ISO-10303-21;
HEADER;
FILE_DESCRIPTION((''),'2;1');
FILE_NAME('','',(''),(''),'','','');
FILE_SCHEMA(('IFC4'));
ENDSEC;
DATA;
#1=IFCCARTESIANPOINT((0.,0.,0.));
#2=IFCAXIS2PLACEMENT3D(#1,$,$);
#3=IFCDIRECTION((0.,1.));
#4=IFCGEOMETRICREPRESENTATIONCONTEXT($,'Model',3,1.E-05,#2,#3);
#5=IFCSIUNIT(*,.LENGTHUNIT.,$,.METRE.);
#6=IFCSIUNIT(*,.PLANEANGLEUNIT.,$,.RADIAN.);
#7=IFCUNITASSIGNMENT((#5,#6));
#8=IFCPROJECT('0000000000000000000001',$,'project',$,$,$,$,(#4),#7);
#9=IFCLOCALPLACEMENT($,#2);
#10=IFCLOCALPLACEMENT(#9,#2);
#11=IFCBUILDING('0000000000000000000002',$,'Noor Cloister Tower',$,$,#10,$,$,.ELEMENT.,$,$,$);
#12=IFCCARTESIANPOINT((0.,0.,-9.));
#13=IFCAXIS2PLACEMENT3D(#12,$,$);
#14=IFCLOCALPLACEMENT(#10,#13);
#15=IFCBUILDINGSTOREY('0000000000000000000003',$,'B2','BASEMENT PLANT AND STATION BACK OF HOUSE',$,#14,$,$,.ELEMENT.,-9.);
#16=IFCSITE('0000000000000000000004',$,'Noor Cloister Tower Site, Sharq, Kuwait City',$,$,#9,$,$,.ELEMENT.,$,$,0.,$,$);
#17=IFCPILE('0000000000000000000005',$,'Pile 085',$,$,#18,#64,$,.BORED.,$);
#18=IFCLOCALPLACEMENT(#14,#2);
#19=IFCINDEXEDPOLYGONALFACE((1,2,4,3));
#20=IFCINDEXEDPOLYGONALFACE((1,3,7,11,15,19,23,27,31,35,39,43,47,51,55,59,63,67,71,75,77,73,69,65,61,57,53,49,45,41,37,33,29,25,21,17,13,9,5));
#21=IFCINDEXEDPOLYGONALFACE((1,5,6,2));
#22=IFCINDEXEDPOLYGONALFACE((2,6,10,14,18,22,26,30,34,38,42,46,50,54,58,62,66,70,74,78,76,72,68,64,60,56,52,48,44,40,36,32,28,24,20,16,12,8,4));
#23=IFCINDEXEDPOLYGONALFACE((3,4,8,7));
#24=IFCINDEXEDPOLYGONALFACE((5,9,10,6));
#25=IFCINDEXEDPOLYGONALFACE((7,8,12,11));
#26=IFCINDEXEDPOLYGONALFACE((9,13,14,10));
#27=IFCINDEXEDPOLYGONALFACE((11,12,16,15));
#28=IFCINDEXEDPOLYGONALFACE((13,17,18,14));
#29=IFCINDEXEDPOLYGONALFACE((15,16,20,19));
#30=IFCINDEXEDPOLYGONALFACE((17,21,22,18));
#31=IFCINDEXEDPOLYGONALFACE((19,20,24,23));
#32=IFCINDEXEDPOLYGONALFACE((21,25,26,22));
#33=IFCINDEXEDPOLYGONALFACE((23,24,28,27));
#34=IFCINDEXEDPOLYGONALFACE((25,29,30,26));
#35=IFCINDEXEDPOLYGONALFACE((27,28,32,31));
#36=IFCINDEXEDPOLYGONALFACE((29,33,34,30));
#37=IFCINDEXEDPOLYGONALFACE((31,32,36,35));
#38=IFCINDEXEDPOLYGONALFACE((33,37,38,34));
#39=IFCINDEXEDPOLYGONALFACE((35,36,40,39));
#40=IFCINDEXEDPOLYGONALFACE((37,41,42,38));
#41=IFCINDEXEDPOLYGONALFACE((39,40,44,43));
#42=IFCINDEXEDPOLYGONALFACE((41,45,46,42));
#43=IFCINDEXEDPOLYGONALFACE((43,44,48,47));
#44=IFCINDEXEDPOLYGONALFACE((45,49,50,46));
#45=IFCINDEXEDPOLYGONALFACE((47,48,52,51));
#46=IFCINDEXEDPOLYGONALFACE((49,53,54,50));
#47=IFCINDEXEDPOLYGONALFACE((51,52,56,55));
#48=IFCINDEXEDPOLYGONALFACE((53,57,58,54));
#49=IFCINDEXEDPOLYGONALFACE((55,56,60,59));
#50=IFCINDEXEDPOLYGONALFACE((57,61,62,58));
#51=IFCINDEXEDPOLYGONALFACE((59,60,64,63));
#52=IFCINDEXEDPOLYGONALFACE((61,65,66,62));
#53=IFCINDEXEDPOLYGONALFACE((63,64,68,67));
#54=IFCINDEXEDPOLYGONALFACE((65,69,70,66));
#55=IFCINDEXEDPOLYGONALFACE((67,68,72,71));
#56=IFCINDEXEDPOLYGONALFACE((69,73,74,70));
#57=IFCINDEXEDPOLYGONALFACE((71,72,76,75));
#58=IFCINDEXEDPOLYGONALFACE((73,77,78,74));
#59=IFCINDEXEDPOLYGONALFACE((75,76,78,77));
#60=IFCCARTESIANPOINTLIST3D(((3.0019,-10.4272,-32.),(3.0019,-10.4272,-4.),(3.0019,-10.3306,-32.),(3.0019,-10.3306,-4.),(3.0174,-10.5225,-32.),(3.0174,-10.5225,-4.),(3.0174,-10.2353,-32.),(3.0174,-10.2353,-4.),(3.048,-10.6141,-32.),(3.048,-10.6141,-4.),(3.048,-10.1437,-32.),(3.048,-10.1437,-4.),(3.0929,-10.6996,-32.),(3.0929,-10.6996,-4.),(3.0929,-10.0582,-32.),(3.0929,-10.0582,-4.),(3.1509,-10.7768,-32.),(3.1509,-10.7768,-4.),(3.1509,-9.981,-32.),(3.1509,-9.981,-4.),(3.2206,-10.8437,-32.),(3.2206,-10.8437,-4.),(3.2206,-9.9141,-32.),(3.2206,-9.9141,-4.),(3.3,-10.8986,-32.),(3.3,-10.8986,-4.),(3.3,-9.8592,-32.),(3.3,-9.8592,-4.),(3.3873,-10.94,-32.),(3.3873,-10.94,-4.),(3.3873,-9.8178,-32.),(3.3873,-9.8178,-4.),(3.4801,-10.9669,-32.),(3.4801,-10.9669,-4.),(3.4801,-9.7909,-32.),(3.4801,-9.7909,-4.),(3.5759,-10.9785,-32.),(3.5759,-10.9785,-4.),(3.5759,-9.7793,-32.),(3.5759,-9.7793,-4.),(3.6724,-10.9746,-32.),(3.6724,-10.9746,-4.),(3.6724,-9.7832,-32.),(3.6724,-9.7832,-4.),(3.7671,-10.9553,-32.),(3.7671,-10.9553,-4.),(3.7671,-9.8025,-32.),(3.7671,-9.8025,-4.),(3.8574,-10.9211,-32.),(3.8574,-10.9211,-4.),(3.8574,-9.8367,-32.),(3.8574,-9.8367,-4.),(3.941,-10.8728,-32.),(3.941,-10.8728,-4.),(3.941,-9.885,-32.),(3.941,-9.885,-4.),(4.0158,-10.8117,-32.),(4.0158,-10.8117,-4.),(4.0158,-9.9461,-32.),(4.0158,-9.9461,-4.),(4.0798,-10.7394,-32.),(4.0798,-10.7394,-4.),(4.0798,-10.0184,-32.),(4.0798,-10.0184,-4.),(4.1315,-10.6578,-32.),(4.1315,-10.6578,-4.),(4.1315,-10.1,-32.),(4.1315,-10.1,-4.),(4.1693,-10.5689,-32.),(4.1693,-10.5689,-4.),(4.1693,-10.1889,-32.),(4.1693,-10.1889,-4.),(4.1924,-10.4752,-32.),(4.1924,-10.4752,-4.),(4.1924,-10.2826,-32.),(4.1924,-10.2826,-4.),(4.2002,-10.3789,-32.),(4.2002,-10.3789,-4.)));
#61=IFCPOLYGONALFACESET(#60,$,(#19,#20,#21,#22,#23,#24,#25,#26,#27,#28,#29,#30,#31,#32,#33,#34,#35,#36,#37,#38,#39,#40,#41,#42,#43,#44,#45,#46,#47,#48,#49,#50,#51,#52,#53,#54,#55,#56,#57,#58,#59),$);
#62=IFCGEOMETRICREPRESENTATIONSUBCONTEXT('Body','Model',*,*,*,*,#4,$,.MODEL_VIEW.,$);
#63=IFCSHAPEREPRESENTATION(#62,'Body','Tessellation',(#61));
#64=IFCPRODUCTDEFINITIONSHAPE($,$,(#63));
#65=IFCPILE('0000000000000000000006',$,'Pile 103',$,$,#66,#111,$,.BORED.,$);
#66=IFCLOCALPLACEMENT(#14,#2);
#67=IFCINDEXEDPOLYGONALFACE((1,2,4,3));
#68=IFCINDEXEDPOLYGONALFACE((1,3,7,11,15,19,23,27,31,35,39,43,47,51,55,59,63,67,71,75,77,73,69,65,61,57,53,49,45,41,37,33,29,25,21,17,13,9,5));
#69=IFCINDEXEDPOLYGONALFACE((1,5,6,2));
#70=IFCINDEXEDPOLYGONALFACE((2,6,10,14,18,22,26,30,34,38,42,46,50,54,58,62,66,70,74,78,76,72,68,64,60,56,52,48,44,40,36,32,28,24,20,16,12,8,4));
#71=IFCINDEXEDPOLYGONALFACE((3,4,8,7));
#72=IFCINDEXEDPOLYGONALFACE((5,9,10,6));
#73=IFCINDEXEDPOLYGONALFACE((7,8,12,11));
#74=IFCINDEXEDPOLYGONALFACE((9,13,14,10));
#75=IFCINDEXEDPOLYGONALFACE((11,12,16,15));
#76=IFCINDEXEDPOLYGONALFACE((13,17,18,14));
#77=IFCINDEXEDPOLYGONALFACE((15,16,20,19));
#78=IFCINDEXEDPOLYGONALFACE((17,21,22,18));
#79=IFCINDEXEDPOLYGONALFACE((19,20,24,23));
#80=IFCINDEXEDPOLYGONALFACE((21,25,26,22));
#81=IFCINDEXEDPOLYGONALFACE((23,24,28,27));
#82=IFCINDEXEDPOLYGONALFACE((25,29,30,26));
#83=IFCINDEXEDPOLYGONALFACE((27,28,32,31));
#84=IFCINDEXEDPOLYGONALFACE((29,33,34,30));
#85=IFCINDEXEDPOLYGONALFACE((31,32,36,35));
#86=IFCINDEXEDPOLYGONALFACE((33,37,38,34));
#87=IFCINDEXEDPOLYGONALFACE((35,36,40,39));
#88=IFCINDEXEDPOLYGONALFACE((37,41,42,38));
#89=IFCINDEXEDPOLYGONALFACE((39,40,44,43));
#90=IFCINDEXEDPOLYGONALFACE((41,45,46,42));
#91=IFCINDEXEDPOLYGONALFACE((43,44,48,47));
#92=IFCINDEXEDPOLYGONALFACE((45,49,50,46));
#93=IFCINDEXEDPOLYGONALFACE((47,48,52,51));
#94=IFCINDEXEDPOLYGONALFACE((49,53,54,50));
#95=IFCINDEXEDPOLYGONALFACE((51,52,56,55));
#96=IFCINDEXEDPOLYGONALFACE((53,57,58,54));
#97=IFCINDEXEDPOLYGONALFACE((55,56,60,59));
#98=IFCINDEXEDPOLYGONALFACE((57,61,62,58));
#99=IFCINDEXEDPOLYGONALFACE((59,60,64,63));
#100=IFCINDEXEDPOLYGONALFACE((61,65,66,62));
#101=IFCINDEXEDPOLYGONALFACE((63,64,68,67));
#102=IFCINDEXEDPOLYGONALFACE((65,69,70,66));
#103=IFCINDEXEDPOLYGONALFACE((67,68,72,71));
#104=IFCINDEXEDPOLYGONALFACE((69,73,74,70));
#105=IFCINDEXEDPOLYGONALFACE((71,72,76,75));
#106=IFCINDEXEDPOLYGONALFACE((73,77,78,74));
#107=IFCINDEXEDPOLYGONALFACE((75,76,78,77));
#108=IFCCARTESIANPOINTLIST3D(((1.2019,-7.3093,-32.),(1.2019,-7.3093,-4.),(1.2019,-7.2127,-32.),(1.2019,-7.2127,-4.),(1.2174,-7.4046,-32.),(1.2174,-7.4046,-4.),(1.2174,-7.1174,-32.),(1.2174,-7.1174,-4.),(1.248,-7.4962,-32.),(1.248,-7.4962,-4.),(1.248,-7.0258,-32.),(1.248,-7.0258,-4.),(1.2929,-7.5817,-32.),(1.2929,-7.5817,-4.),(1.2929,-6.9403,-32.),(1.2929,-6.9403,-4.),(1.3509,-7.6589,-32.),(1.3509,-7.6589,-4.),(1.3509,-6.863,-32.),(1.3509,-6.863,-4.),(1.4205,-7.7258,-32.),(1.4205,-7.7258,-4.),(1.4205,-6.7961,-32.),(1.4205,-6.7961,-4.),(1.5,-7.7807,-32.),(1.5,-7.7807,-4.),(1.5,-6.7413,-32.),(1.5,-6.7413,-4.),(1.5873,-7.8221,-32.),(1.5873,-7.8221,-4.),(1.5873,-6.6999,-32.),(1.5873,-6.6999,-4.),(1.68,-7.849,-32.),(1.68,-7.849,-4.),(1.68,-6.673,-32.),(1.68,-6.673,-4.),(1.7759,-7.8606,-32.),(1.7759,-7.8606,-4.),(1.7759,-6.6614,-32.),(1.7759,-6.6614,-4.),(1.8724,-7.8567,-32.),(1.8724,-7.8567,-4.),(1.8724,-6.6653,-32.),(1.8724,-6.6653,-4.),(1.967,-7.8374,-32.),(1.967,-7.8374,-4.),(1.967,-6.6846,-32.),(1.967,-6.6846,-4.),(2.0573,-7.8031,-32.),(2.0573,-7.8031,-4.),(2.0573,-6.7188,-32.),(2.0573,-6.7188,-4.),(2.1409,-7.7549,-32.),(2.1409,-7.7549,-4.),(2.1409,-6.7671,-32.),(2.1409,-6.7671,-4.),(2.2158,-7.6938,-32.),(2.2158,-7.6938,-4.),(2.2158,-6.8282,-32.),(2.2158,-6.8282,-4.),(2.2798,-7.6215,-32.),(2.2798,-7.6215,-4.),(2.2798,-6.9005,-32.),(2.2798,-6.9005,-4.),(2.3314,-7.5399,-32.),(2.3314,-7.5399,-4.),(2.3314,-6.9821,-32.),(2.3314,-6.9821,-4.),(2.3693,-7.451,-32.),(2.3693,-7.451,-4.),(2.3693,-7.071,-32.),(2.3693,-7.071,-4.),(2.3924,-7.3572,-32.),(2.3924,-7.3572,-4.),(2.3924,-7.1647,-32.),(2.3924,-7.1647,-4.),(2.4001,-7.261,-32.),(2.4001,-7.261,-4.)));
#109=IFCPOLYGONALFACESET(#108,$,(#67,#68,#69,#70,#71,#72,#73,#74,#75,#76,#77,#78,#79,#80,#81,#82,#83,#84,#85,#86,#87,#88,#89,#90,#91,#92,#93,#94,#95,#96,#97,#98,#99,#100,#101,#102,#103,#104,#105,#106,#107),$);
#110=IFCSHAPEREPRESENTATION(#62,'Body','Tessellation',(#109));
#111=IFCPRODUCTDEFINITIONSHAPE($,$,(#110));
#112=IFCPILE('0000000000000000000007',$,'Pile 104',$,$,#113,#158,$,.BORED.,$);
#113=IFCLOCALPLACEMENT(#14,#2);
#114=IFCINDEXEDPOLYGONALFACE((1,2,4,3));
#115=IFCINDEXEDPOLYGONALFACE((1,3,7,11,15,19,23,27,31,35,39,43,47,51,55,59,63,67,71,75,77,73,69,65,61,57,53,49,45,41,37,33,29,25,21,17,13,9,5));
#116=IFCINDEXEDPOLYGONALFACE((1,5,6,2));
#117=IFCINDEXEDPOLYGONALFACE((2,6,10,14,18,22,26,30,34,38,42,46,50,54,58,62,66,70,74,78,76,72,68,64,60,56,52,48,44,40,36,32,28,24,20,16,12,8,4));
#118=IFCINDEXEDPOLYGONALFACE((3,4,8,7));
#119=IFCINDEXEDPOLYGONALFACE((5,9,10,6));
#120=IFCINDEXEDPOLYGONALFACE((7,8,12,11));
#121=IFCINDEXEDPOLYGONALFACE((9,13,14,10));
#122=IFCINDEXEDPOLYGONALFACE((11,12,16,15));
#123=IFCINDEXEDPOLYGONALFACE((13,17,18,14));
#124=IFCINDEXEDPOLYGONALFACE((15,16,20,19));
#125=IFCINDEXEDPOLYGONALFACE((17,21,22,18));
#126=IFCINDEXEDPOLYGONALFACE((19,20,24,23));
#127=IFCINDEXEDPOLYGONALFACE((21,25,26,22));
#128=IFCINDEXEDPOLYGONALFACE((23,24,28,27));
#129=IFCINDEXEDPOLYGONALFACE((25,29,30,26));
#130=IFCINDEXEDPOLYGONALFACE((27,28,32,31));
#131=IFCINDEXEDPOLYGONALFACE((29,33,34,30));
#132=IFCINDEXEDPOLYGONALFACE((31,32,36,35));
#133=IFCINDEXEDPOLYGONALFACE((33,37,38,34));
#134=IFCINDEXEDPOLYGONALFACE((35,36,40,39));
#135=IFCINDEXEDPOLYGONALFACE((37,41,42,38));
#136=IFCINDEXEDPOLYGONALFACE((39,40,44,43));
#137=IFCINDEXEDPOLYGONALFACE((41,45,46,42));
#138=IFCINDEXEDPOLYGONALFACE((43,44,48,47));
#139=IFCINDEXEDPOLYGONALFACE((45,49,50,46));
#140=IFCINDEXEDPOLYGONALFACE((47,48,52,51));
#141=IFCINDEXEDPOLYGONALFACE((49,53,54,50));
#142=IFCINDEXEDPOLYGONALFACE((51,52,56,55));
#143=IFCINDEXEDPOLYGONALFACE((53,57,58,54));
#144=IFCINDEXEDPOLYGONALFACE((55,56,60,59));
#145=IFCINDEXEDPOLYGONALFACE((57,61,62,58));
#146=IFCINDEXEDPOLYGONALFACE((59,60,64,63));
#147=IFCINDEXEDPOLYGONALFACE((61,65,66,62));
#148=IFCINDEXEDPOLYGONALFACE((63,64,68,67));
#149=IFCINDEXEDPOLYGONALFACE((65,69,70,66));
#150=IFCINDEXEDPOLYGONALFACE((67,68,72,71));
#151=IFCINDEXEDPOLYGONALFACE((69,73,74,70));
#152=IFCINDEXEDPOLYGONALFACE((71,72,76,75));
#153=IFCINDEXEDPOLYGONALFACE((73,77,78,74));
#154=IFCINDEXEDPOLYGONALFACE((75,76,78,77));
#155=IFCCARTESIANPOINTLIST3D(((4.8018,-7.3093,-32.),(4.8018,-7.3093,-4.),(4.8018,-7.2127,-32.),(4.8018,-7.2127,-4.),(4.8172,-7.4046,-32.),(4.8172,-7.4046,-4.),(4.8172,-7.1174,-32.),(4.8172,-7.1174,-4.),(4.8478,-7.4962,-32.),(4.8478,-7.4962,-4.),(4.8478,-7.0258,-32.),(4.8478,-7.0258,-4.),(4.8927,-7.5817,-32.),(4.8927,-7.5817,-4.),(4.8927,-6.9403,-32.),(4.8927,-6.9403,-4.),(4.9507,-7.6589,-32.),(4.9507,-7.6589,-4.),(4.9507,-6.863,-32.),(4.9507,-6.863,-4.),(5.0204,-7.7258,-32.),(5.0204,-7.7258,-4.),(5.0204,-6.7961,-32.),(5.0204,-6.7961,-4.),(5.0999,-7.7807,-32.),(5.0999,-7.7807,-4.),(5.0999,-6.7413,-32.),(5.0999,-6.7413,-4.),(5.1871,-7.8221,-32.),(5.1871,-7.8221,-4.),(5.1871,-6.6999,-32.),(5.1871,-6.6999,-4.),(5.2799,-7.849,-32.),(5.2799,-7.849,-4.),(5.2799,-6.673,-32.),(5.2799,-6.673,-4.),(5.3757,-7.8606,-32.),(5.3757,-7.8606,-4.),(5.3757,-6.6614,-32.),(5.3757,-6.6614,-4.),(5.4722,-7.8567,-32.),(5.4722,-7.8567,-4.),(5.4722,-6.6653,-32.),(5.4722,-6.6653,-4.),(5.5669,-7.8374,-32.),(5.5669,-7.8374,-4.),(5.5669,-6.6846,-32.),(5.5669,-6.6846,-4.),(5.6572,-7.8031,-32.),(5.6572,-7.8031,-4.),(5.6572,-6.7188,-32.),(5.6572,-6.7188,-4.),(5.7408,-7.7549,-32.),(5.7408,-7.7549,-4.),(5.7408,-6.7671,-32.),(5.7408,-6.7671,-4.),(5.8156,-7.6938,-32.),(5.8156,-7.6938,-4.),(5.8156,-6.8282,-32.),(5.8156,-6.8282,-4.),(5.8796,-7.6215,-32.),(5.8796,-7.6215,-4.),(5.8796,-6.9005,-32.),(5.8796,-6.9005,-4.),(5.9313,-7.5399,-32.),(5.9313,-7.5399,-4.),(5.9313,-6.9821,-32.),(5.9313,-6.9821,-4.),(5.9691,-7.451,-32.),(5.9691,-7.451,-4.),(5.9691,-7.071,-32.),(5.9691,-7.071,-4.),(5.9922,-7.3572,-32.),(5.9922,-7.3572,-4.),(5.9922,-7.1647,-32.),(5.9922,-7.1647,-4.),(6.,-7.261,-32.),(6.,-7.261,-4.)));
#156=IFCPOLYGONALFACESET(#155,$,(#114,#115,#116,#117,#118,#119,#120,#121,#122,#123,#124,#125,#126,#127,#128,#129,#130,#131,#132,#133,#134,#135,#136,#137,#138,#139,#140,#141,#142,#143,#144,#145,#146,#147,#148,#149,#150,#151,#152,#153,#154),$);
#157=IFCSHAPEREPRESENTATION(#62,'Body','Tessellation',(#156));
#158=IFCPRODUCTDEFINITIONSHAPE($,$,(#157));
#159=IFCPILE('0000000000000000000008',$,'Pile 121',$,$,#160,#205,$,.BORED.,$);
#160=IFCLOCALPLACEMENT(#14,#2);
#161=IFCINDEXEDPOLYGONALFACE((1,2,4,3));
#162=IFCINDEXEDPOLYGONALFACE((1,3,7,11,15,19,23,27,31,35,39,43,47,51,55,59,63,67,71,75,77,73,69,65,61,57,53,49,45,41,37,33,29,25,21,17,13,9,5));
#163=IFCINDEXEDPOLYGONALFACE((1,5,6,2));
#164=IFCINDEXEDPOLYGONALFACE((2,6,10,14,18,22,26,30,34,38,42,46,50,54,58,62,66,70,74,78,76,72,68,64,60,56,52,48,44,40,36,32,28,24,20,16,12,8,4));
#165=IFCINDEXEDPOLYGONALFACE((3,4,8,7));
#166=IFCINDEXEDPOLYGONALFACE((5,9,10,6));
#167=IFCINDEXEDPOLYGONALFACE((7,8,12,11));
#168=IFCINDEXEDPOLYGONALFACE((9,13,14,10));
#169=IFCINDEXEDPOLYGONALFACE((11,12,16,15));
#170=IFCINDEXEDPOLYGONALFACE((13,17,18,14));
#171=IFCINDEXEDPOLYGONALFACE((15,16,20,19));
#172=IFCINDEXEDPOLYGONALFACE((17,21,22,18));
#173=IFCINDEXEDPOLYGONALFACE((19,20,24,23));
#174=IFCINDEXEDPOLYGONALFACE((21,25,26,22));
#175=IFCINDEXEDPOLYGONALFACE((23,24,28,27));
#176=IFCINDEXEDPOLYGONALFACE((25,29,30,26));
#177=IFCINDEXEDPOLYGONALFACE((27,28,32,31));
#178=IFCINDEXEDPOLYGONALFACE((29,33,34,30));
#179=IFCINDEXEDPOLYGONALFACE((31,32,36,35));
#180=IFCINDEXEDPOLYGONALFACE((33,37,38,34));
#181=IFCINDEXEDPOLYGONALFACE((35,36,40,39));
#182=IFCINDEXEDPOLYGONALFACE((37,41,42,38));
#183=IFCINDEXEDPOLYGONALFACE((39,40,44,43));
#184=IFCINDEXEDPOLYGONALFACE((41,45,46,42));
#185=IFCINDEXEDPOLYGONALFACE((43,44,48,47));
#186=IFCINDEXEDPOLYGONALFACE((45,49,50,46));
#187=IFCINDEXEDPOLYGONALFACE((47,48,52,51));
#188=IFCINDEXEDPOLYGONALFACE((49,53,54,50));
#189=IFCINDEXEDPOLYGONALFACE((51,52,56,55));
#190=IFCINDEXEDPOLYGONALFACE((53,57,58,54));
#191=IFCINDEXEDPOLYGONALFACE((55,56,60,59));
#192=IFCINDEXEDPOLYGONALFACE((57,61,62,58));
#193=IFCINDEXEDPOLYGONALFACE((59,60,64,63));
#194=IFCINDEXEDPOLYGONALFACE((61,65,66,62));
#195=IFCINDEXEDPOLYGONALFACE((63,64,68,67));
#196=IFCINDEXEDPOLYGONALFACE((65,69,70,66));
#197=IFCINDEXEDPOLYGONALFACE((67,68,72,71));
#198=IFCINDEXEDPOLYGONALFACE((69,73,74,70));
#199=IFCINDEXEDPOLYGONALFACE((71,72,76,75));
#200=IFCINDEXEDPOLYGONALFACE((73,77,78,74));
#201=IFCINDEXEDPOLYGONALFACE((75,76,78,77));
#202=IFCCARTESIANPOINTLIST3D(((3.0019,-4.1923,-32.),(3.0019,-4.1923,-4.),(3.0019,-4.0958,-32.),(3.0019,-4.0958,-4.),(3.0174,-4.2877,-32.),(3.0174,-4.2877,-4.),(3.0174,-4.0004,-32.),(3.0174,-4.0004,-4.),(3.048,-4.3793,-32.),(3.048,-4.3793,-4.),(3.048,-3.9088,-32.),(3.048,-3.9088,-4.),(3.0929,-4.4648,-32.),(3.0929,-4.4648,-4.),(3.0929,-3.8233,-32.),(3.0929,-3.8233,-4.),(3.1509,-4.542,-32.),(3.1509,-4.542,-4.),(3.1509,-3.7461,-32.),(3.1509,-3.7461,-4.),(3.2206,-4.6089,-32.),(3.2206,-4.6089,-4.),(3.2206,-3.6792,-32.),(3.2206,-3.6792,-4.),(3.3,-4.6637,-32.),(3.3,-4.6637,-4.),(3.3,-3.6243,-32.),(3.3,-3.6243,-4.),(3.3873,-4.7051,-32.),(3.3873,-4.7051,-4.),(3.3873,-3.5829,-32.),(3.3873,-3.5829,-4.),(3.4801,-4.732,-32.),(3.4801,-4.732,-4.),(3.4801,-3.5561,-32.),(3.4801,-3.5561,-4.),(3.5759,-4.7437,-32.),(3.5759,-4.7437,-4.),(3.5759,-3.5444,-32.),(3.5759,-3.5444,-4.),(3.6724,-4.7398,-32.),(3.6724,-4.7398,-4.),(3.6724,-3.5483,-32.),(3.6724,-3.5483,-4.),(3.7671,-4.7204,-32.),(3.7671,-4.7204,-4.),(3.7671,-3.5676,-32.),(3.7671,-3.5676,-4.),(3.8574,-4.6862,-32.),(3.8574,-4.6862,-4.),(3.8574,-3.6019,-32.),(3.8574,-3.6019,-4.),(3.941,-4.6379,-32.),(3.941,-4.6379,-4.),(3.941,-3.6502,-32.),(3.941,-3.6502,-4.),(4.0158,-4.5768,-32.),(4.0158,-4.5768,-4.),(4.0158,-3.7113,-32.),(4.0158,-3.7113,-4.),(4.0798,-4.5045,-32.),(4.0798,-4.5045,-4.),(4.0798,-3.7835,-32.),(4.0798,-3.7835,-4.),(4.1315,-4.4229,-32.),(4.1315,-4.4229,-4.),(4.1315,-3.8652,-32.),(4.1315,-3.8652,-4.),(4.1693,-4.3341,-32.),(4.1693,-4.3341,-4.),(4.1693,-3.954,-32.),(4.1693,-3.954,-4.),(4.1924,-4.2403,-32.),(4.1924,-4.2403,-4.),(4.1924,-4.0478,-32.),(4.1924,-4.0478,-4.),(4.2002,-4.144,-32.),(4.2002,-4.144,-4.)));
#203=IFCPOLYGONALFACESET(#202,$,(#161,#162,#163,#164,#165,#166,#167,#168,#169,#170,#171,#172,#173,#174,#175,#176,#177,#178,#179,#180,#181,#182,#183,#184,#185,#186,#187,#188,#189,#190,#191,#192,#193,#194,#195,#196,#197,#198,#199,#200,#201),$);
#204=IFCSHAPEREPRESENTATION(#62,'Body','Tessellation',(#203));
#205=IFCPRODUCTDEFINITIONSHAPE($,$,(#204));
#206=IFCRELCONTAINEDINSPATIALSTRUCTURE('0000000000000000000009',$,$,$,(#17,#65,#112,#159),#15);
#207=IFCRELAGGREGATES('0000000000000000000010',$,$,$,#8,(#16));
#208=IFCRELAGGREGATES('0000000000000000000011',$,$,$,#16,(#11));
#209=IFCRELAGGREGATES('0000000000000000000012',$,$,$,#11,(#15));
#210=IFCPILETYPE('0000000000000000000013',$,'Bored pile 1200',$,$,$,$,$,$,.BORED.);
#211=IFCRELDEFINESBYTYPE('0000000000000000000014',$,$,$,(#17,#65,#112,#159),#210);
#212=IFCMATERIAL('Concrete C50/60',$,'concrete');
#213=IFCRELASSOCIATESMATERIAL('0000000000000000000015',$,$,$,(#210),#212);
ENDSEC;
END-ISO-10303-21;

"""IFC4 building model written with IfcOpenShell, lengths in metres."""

from ifc_helpers import new_model, si_unit, direction, frame, origin, origin_2d, place, context, subcontext, project, spatial, circle, extrude, material, material_profile, profile_set, type_object, element, save


model = new_model("IFC4")

# Units and contexts
model_context = context("Model", 3, precision=1e-05, world=origin(), true_north=direction((0.0, 1.0)))
body_context = subcontext(model_context, "Body", "Model", "MODEL_VIEW")
ifc_project = project(units=[si_unit("LENGTHUNIT", "METRE"), si_unit("PLANEANGLEUNIT", "RADIAN")], contexts=[model_context])

# Site, building, storey
site_placement = place(None, origin())
site = spatial("IfcSite", under=ifc_project, at=site_placement, Name="Noor Cloister Tower Site, Sharq, Kuwait City", CompositionType="ELEMENT", RefElevation=0.0)
building_placement = place(site_placement, origin())
building = spatial("IfcBuilding", under=site, at=building_placement, Name="Noor Cloister Tower", CompositionType="ELEMENT")
storey_placement = place(building_placement, frame((0.0, 0.0, -9.0)))
storey = spatial("IfcBuildingStorey", under=building, at=storey_placement, Name="B2", Description="BASEMENT PLANT AND STATION BACK OF HOUSE", CompositionType="ELEMENT", Elevation=-9.0)

# Piles
ifc_material_1 = material(Name="Concrete C50/60", Category="concrete")
ifc_material_profile = material_profile(ifc_material_1, circle(Radius=0.6001, at=origin_2d()), Name="Bored pile 1200")
ifc_profile_set = profile_set([ifc_material_profile], Name="Concrete C50/60")
pile_type = type_object("IfcPileType", Name="Bored pile 1200", PredefinedType="BORED", material=ifc_profile_set)
for number, where, z_axis, x_axis, name in (
    (1, (3.6001, -10.3789, -4.0), (0.0, 0.0, -1.0), (1.0, 0.0, 0.0), "Pile 085"),
    (2, (1.8, -7.261, -4.0), (0.0, 0.0, -1.0), (1.0, 0.0, 0.0), "Pile 103"),
    (3, (5.3999, -7.261, -4.0), (0.0, 0.0, -1.0), (1.0, 0.0, 0.0), "Pile 104"),
    (4, (3.6001, -4.144, -4.0), (0.0, 0.0, -1.0), (1.0, 0.0, 0.0), "Pile 121"),
):
    element("IfcPile", number, at=place(storey_placement, frame(where, z_axis=z_axis, x_axis=x_axis)), inside=storey, type_object=pile_type, Name=name, PredefinedType="BORED", context=body_context, shape_type="SweptSolid", body=[
        extrude(circle(Radius=0.6001, at=origin_2d()), origin(), (0.0, 0.0, 1.0), 28.0),
    ])

save(model, "model.ifc")
